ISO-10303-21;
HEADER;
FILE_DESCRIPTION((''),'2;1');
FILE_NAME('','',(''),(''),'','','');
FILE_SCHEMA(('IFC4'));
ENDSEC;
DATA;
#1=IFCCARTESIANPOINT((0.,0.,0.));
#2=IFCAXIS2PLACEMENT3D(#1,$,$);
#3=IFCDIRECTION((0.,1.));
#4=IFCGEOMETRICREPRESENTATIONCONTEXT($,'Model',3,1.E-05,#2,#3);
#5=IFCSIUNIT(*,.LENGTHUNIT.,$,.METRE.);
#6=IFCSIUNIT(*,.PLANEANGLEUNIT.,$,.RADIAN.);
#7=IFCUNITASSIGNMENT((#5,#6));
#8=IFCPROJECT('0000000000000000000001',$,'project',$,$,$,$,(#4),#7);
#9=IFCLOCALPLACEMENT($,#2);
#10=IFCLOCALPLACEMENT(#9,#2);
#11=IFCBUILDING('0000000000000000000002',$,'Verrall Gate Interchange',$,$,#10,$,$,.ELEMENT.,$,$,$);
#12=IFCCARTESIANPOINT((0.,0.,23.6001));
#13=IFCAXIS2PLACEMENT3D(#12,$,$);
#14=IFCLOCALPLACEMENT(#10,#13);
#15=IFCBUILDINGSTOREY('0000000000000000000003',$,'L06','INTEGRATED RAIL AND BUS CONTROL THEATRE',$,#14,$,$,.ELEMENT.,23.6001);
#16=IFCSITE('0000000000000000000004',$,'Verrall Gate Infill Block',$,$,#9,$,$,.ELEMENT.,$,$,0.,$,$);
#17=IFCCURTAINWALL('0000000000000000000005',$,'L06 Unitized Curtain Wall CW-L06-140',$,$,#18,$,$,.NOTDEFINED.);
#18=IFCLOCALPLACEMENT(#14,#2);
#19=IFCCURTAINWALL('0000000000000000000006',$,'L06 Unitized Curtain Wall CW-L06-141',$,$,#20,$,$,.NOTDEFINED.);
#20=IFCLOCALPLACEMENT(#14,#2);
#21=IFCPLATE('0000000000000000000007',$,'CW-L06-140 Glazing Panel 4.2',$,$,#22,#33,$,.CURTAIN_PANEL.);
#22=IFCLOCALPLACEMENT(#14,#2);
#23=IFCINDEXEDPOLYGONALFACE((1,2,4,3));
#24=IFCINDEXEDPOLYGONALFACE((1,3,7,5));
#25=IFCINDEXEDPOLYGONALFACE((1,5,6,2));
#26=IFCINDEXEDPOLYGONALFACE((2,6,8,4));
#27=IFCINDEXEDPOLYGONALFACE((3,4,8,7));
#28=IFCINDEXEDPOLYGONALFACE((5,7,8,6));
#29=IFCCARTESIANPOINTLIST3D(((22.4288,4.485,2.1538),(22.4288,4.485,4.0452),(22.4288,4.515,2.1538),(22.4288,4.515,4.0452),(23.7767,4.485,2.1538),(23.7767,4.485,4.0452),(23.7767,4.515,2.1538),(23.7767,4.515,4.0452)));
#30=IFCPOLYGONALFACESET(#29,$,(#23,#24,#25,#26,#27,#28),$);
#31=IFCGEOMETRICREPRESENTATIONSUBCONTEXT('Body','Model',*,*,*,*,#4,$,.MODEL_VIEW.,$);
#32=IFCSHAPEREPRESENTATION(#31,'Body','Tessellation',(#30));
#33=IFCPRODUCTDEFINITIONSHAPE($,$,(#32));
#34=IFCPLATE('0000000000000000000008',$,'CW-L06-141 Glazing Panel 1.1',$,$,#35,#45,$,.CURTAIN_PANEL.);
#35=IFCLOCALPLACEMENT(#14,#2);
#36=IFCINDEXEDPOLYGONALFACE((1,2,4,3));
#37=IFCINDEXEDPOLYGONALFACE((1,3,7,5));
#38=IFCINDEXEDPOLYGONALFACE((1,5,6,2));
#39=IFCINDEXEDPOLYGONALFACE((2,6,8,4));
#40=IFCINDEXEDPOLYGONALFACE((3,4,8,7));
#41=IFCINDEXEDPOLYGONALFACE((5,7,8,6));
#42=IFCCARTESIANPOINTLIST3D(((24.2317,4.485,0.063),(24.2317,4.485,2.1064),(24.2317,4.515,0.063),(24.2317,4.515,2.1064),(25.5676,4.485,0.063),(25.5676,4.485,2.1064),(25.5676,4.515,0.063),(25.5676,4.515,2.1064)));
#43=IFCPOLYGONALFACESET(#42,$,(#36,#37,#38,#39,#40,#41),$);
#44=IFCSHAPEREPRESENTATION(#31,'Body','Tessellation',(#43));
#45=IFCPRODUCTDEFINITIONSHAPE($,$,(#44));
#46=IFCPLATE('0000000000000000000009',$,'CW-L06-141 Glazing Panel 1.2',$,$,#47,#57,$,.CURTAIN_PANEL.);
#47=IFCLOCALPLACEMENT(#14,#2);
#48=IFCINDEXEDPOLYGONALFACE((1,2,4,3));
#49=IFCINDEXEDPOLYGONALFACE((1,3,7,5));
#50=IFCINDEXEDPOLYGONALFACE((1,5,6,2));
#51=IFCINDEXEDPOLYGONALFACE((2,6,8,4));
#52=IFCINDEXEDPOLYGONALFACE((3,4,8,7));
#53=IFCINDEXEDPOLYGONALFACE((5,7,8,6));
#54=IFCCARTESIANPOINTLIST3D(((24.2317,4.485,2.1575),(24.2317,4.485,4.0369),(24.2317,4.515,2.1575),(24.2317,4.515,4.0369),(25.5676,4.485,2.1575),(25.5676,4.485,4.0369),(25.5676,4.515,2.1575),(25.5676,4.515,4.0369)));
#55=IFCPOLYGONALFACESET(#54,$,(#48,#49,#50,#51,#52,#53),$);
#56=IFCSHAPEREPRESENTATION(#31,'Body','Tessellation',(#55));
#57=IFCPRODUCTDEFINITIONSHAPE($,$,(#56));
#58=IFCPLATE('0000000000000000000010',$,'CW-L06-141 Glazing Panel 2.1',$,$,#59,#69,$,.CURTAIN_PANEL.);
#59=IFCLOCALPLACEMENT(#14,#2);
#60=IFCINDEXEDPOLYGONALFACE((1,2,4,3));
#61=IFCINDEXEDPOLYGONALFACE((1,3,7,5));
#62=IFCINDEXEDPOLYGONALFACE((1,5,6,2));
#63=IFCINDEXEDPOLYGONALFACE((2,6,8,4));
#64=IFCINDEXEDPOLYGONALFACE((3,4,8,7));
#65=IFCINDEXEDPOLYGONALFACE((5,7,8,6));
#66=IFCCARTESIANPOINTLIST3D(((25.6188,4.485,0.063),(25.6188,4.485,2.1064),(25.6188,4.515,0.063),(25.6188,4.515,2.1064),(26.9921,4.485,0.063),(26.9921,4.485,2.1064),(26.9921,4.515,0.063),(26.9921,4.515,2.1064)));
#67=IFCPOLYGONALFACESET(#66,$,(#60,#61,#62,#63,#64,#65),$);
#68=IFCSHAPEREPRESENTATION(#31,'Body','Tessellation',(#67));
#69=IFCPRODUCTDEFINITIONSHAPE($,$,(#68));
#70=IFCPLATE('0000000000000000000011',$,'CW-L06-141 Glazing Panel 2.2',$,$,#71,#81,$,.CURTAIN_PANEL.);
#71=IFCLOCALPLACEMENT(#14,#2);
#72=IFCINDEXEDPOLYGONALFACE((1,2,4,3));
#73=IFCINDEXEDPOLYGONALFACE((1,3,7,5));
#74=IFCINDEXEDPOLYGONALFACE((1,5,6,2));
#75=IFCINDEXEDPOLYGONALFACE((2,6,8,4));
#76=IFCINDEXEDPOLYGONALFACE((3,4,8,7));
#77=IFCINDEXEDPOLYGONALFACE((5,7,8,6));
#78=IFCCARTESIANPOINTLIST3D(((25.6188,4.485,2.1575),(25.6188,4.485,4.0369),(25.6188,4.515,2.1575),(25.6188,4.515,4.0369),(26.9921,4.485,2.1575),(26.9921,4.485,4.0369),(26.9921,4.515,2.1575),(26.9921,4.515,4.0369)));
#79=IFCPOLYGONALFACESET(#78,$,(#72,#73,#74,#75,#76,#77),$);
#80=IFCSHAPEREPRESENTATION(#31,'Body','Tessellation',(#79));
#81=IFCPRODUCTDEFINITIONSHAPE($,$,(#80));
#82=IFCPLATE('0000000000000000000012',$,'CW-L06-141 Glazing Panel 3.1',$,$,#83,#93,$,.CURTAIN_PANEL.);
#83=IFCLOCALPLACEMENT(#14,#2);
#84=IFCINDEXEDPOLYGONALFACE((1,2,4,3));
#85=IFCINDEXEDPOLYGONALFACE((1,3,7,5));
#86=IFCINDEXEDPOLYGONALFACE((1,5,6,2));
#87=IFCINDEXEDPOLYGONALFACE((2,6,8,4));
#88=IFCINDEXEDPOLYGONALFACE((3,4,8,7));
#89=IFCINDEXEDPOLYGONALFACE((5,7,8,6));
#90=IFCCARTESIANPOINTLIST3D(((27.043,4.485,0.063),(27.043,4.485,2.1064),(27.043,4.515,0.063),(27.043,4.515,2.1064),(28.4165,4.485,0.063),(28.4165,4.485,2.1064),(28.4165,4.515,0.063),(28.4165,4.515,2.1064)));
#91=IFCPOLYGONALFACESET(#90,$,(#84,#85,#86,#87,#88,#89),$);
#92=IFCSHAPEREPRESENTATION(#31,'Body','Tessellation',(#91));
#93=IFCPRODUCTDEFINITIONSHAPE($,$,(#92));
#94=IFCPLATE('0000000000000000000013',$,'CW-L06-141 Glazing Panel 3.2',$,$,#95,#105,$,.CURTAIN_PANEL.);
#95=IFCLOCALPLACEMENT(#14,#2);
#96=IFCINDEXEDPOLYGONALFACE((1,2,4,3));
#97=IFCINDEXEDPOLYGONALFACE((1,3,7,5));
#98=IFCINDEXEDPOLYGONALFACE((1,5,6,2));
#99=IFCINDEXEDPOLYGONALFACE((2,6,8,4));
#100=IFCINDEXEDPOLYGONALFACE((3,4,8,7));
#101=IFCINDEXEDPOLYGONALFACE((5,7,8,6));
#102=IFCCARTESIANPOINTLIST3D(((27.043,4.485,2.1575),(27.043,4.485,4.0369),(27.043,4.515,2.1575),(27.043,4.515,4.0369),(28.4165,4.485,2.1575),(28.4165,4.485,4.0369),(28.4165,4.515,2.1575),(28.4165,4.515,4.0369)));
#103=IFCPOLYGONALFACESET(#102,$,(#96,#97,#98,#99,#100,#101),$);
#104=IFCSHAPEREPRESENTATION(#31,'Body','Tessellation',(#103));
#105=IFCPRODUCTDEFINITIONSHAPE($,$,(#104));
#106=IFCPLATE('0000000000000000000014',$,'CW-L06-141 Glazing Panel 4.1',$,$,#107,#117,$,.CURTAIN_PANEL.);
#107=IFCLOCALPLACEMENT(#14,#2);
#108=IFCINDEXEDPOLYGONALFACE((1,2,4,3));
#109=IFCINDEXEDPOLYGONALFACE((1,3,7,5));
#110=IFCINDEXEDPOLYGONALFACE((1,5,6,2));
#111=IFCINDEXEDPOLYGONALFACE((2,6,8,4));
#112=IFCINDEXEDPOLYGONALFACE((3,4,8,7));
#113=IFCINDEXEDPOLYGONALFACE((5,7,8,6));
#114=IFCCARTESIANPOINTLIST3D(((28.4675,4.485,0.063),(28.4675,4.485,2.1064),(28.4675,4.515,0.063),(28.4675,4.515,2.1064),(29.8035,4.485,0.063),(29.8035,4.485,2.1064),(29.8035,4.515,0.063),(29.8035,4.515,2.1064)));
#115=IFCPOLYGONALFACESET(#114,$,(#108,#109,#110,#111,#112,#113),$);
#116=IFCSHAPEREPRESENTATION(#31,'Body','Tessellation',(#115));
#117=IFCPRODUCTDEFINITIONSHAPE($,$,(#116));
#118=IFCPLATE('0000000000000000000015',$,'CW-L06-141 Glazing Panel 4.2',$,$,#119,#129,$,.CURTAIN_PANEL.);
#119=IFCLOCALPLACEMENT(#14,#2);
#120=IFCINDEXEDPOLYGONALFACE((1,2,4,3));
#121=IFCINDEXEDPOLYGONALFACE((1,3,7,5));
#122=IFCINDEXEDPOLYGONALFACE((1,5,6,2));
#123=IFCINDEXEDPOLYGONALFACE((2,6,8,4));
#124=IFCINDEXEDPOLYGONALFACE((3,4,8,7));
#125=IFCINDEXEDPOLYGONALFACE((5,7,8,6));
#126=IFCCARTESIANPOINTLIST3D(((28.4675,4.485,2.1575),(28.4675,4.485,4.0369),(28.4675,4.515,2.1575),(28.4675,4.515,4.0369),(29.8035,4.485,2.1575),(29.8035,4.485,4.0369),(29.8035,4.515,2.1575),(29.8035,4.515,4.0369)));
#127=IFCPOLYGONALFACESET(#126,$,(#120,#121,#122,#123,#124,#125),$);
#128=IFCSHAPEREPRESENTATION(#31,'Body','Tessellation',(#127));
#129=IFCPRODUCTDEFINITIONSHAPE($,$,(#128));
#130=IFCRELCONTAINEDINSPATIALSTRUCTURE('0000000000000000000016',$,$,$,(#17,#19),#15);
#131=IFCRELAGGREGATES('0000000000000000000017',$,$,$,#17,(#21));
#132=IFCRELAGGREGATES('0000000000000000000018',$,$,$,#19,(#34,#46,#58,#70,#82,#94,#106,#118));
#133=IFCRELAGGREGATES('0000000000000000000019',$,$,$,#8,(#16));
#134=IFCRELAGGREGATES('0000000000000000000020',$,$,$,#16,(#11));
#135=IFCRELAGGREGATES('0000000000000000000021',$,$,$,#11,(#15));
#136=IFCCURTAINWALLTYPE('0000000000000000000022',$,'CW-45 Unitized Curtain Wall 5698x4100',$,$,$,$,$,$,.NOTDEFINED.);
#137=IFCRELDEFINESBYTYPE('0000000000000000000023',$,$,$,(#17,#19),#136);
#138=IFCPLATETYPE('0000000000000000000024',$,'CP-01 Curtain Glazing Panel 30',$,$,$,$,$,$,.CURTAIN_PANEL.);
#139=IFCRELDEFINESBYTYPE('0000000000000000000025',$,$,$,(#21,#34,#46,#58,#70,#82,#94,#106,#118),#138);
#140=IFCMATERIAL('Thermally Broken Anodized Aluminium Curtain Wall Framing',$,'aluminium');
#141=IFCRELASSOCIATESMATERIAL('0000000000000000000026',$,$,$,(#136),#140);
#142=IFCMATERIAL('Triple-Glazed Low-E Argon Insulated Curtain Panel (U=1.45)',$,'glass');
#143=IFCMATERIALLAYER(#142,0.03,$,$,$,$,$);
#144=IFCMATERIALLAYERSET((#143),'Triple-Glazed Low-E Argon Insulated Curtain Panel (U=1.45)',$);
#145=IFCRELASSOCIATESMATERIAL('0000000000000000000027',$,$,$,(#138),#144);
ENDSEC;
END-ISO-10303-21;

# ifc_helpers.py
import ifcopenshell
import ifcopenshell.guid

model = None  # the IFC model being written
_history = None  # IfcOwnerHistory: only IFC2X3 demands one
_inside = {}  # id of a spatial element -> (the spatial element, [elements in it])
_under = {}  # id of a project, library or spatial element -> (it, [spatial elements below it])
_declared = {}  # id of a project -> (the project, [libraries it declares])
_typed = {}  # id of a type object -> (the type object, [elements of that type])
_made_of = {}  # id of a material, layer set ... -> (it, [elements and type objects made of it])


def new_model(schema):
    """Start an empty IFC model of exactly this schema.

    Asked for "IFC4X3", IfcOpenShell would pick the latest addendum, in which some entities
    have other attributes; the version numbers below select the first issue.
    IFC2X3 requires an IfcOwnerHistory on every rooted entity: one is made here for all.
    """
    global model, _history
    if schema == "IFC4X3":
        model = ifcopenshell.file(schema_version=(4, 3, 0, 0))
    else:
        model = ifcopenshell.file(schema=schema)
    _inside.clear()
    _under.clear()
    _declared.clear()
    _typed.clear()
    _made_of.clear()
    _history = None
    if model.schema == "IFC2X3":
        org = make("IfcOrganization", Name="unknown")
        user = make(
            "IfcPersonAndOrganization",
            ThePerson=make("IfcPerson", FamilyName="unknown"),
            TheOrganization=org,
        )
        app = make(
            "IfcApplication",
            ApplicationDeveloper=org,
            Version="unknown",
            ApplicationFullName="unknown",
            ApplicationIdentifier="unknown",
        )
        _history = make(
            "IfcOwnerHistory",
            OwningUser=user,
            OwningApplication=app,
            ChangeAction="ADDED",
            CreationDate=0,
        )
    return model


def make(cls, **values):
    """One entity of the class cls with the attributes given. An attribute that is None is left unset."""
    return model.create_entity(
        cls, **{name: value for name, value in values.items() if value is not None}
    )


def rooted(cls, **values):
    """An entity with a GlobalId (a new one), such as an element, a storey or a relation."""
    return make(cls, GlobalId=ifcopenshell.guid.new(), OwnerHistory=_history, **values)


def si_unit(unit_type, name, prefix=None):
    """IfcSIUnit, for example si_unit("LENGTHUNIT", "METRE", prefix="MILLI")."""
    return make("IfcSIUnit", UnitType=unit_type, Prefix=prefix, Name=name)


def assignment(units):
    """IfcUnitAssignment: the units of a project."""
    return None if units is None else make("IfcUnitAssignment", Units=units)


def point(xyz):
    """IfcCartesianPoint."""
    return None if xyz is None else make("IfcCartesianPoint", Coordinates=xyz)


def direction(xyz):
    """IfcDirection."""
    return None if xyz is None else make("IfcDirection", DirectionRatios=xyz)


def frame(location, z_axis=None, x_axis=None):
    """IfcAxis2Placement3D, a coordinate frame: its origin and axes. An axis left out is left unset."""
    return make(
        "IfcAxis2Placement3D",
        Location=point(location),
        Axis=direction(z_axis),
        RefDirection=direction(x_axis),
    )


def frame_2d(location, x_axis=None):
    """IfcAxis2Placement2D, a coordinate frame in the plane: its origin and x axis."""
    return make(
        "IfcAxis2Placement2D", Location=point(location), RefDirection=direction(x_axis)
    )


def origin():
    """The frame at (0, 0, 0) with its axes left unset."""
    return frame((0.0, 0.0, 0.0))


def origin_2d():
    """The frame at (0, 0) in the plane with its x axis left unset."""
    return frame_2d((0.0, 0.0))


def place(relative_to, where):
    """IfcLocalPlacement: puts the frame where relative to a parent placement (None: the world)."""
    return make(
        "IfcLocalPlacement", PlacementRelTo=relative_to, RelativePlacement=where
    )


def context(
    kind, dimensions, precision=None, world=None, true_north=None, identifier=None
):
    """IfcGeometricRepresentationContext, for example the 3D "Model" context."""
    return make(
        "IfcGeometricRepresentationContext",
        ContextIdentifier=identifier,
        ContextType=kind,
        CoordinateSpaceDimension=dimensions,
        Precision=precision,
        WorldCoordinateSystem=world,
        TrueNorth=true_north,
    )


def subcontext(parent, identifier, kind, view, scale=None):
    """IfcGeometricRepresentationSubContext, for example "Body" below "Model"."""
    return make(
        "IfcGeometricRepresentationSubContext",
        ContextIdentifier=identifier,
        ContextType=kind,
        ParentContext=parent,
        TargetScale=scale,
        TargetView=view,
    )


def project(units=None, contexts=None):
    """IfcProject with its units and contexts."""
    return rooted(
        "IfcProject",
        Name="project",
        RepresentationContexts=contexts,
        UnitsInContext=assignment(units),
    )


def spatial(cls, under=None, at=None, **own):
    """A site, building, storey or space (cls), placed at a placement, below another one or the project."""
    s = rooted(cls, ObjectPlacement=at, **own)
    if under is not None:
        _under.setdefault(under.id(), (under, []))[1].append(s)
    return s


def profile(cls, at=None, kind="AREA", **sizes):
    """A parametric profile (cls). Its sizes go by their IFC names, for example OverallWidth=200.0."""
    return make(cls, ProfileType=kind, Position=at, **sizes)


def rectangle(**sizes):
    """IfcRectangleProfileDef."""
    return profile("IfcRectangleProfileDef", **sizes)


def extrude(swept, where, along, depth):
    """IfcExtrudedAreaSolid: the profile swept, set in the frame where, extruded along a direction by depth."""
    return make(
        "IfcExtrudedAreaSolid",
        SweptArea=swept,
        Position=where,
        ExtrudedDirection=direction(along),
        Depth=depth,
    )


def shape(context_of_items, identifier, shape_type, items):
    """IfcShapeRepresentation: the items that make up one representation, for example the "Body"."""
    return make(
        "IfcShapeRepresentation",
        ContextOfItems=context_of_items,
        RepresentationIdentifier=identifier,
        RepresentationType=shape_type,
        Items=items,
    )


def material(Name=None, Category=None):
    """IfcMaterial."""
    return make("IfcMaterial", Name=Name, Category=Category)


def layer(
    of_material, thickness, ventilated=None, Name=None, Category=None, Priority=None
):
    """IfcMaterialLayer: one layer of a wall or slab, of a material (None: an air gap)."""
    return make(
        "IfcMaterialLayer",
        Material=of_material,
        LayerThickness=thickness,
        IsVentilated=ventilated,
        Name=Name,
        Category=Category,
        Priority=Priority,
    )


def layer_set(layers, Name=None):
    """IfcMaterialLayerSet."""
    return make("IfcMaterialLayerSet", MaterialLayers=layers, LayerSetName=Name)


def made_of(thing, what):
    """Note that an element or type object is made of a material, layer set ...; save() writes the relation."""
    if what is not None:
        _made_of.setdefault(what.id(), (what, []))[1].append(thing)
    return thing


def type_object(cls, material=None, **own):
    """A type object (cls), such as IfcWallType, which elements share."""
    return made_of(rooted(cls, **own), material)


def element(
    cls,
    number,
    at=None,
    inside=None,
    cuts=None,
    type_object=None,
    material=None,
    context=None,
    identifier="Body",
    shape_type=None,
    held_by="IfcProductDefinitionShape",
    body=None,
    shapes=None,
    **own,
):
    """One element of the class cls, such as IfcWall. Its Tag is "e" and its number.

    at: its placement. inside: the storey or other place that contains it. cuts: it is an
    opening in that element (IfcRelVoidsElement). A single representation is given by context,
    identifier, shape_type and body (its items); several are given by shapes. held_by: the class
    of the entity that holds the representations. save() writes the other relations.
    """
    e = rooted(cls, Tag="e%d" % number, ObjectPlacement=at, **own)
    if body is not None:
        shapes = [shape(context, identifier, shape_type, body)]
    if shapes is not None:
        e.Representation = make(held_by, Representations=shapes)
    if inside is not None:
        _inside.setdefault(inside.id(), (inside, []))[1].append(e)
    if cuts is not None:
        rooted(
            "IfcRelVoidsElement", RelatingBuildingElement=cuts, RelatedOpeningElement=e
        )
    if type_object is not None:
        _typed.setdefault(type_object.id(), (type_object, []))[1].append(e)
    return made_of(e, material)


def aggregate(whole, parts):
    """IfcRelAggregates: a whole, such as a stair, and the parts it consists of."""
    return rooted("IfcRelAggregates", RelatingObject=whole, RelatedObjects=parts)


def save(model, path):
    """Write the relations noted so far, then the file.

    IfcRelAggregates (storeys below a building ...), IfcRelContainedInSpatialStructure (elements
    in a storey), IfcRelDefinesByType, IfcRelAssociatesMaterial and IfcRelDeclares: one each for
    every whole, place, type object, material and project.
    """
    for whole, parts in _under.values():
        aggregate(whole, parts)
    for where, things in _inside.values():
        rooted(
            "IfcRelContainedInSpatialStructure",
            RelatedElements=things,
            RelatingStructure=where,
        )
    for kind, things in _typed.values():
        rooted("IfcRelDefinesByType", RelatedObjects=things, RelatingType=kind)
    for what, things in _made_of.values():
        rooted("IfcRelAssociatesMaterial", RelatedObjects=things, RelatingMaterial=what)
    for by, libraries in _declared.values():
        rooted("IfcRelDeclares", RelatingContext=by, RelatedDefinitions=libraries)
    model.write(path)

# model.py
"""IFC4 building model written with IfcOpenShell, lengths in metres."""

from ifc_helpers import new_model, si_unit, direction, frame, origin, origin_2d, place, context, subcontext, project, spatial, rectangle, extrude, material, layer, layer_set, type_object, element, aggregate, save


model = new_model("IFC4")

# Units and contexts
model_context = context("Model", 3, precision=1e-05, world=origin(), true_north=direction((0.0, 1.0)))
body_context = subcontext(model_context, "Body", "Model", "MODEL_VIEW")
ifc_project = project(units=[si_unit("LENGTHUNIT", "METRE"), si_unit("PLANEANGLEUNIT", "RADIAN")], contexts=[model_context])

# Site, building, storey
site_placement = place(None, origin())
site = spatial("IfcSite", under=ifc_project, at=site_placement, Name="Verrall Gate Infill Block", CompositionType="ELEMENT", RefElevation=0.0)
building_placement = place(site_placement, origin())
building = spatial("IfcBuilding", under=site, at=building_placement, Name="Verrall Gate Interchange", CompositionType="ELEMENT")
storey_placement = place(building_placement, frame((0.0, 0.0, 23.6001)))
storey = spatial("IfcBuildingStorey", under=building, at=storey_placement, Name="L06", Description="INTEGRATED RAIL AND BUS CONTROL THEATRE", CompositionType="ELEMENT", Elevation=23.6001)

# Curtain wall
ifc_material_1 = material(Name="Thermally Broken Anodized Aluminium Curtain Wall Framing", Category="aluminium")
curtain_wall_type = type_object("IfcCurtainWallType", Name="CW-45 Unitized Curtain Wall 5698x4100", PredefinedType="NOTDEFINED", material=ifc_material_1)
curtain_wall_1_placement = place(storey_placement, origin())
curtain_wall_1 = element("IfcCurtainWall", 1, at=curtain_wall_1_placement, inside=storey, type_object=curtain_wall_type, Name="L06 Unitized Curtain Wall CW-L06-140", PredefinedType="NOTDEFINED")

# Curtain wall
curtain_wall_2_placement = place(storey_placement, origin())
curtain_wall_2 = element("IfcCurtainWall", 2, at=curtain_wall_2_placement, inside=storey, type_object=curtain_wall_type, Name="L06 Unitized Curtain Wall CW-L06-141", PredefinedType="NOTDEFINED")

# Plates
ifc_material_2 = material(Name="Triple-Glazed Low-E Argon Insulated Curtain Panel (U=1.45)", Category="glass")
ifc_layer_1 = layer(ifc_material_2, 0.03)
ifc_layer_set_1 = layer_set([ifc_layer_1], Name="Triple-Glazed Low-E Argon Insulated Curtain Panel (U=1.45)")
plate_type_1 = type_object("IfcPlateType", Name="CP-01 Curtain Glazing Panel 30", PredefinedType="CURTAIN_PANEL", material=ifc_layer_set_1)
plate_1_placement = place(storey_placement, frame((23.1028, 4.5, 2.1538), z_axis=(0.0, 0.0, 1.0), x_axis=(1.0, 0.0, 0.0)))
plate_1 = element("IfcPlate", 3, at=plate_1_placement, type_object=plate_type_1, Name="CW-L06-140 Glazing Panel 4.2", PredefinedType="CURTAIN_PANEL", context=body_context, shape_type="SweptSolid", body=[
    extrude(rectangle(XDim=1.3479, YDim=0.03, at=origin_2d()), origin(), (0.0, 0.0, 1.0), 1.8914),
])
aggregate(curtain_wall_1, [plate_1])
plate_2_placement = place(storey_placement, frame((24.8997, 4.5, 0.063), z_axis=(0.0, 0.0, 1.0), x_axis=(1.0, 0.0, 0.0)))
plate_2 = element("IfcPlate", 4, at=plate_2_placement, type_object=plate_type_1, Name="CW-L06-141 Glazing Panel 1.1", PredefinedType="CURTAIN_PANEL", context=body_context, shape_type="SweptSolid", body=[
    extrude(rectangle(XDim=1.3359, YDim=0.03, at=origin_2d()), origin(), (0.0, 0.0, 1.0), 2.0435),
])
plate_3_placement = place(storey_placement, frame((24.8997, 4.5, 2.1575), z_axis=(0.0, 0.0, 1.0), x_axis=(1.0, 0.0, 0.0)))
plate_3 = element("IfcPlate", 5, at=plate_3_placement, type_object=plate_type_1, Name="CW-L06-141 Glazing Panel 1.2", PredefinedType="CURTAIN_PANEL", context=body_context, shape_type="SweptSolid", body=[
    extrude(rectangle(XDim=1.3359, YDim=0.03, at=origin_2d()), origin(), (0.0, 0.0, 1.0), 1.8794),
])
plate_4_placement = place(storey_placement, frame((26.3054, 4.5, 0.063), z_axis=(0.0, 0.0, 1.0), x_axis=(1.0, 0.0, 0.0)))
plate_4 = element("IfcPlate", 6, at=plate_4_placement, type_object=plate_type_1, Name="CW-L06-141 Glazing Panel 2.1", PredefinedType="CURTAIN_PANEL", context=body_context, shape_type="SweptSolid", body=[
    extrude(rectangle(XDim=1.3733, YDim=0.03, at=origin_2d()), origin(), (0.0, 0.0, 1.0), 2.0435),
])
plate_5_placement = place(storey_placement, frame((26.3054, 4.5, 2.1575), z_axis=(0.0, 0.0, 1.0), x_axis=(1.0, 0.0, 0.0)))
plate_5 = element("IfcPlate", 7, at=plate_5_placement, type_object=plate_type_1, Name="CW-L06-141 Glazing Panel 2.2", PredefinedType="CURTAIN_PANEL", context=body_context, shape_type="SweptSolid", body=[
    extrude(rectangle(XDim=1.3733, YDim=0.03, at=origin_2d()), origin(), (0.0, 0.0, 1.0), 1.8794),
])
plate_6_placement = place(storey_placement, frame((27.7297, 4.5, 0.063), z_axis=(0.0, 0.0, 1.0), x_axis=(1.0, 0.0, 0.0)))
plate_6 = element("IfcPlate", 8, at=plate_6_placement, type_object=plate_type_1, Name="CW-L06-141 Glazing Panel 3.1", PredefinedType="CURTAIN_PANEL", context=body_context, shape_type="SweptSolid", body=[
    extrude(rectangle(XDim=1.3735, YDim=0.03, at=origin_2d()), origin(), (0.0, 0.0, 1.0), 2.0435),
])
plate_7_placement = place(storey_placement, frame((27.7297, 4.5, 2.1575), z_axis=(0.0, 0.0, 1.0), x_axis=(1.0, 0.0, 0.0)))
plate_7 = element("IfcPlate", 9, at=plate_7_placement, type_object=plate_type_1, Name="CW-L06-141 Glazing Panel 3.2", PredefinedType="CURTAIN_PANEL", context=body_context, shape_type="SweptSolid", body=[
    extrude(rectangle(XDim=1.3735, YDim=0.03, at=origin_2d()), origin(), (0.0, 0.0, 1.0), 1.8794),
])
plate_8_placement = place(storey_placement, frame((29.1355, 4.5, 0.063), z_axis=(0.0, 0.0, 1.0), x_axis=(1.0, 0.0, 0.0)))
plate_8 = element("IfcPlate", 10, at=plate_8_placement, type_object=plate_type_1, Name="CW-L06-141 Glazing Panel 4.1", PredefinedType="CURTAIN_PANEL", context=body_context, shape_type="SweptSolid", body=[
    extrude(rectangle(XDim=1.3359, YDim=0.03, at=origin_2d()), origin(), (0.0, 0.0, 1.0), 2.0435),
])
plate_9_placement = place(storey_placement, frame((29.1355, 4.5, 2.1575), z_axis=(0.0, 0.0, 1.0), x_axis=(1.0, 0.0, 0.0)))
plate_9 = element("IfcPlate", 11, at=plate_9_placement, type_object=plate_type_1, Name="CW-L06-141 Glazing Panel 4.2", PredefinedType="CURTAIN_PANEL", context=body_context, shape_type="SweptSolid", body=[
    extrude(rectangle(XDim=1.3359, YDim=0.03, at=origin_2d()), origin(), (0.0, 0.0, 1.0), 1.8794),
])
aggregate(curtain_wall_2, [plate_2, plate_3, plate_4, plate_5, plate_6, plate_7, plate_8, plate_9])

save(model, "model.ifc")
